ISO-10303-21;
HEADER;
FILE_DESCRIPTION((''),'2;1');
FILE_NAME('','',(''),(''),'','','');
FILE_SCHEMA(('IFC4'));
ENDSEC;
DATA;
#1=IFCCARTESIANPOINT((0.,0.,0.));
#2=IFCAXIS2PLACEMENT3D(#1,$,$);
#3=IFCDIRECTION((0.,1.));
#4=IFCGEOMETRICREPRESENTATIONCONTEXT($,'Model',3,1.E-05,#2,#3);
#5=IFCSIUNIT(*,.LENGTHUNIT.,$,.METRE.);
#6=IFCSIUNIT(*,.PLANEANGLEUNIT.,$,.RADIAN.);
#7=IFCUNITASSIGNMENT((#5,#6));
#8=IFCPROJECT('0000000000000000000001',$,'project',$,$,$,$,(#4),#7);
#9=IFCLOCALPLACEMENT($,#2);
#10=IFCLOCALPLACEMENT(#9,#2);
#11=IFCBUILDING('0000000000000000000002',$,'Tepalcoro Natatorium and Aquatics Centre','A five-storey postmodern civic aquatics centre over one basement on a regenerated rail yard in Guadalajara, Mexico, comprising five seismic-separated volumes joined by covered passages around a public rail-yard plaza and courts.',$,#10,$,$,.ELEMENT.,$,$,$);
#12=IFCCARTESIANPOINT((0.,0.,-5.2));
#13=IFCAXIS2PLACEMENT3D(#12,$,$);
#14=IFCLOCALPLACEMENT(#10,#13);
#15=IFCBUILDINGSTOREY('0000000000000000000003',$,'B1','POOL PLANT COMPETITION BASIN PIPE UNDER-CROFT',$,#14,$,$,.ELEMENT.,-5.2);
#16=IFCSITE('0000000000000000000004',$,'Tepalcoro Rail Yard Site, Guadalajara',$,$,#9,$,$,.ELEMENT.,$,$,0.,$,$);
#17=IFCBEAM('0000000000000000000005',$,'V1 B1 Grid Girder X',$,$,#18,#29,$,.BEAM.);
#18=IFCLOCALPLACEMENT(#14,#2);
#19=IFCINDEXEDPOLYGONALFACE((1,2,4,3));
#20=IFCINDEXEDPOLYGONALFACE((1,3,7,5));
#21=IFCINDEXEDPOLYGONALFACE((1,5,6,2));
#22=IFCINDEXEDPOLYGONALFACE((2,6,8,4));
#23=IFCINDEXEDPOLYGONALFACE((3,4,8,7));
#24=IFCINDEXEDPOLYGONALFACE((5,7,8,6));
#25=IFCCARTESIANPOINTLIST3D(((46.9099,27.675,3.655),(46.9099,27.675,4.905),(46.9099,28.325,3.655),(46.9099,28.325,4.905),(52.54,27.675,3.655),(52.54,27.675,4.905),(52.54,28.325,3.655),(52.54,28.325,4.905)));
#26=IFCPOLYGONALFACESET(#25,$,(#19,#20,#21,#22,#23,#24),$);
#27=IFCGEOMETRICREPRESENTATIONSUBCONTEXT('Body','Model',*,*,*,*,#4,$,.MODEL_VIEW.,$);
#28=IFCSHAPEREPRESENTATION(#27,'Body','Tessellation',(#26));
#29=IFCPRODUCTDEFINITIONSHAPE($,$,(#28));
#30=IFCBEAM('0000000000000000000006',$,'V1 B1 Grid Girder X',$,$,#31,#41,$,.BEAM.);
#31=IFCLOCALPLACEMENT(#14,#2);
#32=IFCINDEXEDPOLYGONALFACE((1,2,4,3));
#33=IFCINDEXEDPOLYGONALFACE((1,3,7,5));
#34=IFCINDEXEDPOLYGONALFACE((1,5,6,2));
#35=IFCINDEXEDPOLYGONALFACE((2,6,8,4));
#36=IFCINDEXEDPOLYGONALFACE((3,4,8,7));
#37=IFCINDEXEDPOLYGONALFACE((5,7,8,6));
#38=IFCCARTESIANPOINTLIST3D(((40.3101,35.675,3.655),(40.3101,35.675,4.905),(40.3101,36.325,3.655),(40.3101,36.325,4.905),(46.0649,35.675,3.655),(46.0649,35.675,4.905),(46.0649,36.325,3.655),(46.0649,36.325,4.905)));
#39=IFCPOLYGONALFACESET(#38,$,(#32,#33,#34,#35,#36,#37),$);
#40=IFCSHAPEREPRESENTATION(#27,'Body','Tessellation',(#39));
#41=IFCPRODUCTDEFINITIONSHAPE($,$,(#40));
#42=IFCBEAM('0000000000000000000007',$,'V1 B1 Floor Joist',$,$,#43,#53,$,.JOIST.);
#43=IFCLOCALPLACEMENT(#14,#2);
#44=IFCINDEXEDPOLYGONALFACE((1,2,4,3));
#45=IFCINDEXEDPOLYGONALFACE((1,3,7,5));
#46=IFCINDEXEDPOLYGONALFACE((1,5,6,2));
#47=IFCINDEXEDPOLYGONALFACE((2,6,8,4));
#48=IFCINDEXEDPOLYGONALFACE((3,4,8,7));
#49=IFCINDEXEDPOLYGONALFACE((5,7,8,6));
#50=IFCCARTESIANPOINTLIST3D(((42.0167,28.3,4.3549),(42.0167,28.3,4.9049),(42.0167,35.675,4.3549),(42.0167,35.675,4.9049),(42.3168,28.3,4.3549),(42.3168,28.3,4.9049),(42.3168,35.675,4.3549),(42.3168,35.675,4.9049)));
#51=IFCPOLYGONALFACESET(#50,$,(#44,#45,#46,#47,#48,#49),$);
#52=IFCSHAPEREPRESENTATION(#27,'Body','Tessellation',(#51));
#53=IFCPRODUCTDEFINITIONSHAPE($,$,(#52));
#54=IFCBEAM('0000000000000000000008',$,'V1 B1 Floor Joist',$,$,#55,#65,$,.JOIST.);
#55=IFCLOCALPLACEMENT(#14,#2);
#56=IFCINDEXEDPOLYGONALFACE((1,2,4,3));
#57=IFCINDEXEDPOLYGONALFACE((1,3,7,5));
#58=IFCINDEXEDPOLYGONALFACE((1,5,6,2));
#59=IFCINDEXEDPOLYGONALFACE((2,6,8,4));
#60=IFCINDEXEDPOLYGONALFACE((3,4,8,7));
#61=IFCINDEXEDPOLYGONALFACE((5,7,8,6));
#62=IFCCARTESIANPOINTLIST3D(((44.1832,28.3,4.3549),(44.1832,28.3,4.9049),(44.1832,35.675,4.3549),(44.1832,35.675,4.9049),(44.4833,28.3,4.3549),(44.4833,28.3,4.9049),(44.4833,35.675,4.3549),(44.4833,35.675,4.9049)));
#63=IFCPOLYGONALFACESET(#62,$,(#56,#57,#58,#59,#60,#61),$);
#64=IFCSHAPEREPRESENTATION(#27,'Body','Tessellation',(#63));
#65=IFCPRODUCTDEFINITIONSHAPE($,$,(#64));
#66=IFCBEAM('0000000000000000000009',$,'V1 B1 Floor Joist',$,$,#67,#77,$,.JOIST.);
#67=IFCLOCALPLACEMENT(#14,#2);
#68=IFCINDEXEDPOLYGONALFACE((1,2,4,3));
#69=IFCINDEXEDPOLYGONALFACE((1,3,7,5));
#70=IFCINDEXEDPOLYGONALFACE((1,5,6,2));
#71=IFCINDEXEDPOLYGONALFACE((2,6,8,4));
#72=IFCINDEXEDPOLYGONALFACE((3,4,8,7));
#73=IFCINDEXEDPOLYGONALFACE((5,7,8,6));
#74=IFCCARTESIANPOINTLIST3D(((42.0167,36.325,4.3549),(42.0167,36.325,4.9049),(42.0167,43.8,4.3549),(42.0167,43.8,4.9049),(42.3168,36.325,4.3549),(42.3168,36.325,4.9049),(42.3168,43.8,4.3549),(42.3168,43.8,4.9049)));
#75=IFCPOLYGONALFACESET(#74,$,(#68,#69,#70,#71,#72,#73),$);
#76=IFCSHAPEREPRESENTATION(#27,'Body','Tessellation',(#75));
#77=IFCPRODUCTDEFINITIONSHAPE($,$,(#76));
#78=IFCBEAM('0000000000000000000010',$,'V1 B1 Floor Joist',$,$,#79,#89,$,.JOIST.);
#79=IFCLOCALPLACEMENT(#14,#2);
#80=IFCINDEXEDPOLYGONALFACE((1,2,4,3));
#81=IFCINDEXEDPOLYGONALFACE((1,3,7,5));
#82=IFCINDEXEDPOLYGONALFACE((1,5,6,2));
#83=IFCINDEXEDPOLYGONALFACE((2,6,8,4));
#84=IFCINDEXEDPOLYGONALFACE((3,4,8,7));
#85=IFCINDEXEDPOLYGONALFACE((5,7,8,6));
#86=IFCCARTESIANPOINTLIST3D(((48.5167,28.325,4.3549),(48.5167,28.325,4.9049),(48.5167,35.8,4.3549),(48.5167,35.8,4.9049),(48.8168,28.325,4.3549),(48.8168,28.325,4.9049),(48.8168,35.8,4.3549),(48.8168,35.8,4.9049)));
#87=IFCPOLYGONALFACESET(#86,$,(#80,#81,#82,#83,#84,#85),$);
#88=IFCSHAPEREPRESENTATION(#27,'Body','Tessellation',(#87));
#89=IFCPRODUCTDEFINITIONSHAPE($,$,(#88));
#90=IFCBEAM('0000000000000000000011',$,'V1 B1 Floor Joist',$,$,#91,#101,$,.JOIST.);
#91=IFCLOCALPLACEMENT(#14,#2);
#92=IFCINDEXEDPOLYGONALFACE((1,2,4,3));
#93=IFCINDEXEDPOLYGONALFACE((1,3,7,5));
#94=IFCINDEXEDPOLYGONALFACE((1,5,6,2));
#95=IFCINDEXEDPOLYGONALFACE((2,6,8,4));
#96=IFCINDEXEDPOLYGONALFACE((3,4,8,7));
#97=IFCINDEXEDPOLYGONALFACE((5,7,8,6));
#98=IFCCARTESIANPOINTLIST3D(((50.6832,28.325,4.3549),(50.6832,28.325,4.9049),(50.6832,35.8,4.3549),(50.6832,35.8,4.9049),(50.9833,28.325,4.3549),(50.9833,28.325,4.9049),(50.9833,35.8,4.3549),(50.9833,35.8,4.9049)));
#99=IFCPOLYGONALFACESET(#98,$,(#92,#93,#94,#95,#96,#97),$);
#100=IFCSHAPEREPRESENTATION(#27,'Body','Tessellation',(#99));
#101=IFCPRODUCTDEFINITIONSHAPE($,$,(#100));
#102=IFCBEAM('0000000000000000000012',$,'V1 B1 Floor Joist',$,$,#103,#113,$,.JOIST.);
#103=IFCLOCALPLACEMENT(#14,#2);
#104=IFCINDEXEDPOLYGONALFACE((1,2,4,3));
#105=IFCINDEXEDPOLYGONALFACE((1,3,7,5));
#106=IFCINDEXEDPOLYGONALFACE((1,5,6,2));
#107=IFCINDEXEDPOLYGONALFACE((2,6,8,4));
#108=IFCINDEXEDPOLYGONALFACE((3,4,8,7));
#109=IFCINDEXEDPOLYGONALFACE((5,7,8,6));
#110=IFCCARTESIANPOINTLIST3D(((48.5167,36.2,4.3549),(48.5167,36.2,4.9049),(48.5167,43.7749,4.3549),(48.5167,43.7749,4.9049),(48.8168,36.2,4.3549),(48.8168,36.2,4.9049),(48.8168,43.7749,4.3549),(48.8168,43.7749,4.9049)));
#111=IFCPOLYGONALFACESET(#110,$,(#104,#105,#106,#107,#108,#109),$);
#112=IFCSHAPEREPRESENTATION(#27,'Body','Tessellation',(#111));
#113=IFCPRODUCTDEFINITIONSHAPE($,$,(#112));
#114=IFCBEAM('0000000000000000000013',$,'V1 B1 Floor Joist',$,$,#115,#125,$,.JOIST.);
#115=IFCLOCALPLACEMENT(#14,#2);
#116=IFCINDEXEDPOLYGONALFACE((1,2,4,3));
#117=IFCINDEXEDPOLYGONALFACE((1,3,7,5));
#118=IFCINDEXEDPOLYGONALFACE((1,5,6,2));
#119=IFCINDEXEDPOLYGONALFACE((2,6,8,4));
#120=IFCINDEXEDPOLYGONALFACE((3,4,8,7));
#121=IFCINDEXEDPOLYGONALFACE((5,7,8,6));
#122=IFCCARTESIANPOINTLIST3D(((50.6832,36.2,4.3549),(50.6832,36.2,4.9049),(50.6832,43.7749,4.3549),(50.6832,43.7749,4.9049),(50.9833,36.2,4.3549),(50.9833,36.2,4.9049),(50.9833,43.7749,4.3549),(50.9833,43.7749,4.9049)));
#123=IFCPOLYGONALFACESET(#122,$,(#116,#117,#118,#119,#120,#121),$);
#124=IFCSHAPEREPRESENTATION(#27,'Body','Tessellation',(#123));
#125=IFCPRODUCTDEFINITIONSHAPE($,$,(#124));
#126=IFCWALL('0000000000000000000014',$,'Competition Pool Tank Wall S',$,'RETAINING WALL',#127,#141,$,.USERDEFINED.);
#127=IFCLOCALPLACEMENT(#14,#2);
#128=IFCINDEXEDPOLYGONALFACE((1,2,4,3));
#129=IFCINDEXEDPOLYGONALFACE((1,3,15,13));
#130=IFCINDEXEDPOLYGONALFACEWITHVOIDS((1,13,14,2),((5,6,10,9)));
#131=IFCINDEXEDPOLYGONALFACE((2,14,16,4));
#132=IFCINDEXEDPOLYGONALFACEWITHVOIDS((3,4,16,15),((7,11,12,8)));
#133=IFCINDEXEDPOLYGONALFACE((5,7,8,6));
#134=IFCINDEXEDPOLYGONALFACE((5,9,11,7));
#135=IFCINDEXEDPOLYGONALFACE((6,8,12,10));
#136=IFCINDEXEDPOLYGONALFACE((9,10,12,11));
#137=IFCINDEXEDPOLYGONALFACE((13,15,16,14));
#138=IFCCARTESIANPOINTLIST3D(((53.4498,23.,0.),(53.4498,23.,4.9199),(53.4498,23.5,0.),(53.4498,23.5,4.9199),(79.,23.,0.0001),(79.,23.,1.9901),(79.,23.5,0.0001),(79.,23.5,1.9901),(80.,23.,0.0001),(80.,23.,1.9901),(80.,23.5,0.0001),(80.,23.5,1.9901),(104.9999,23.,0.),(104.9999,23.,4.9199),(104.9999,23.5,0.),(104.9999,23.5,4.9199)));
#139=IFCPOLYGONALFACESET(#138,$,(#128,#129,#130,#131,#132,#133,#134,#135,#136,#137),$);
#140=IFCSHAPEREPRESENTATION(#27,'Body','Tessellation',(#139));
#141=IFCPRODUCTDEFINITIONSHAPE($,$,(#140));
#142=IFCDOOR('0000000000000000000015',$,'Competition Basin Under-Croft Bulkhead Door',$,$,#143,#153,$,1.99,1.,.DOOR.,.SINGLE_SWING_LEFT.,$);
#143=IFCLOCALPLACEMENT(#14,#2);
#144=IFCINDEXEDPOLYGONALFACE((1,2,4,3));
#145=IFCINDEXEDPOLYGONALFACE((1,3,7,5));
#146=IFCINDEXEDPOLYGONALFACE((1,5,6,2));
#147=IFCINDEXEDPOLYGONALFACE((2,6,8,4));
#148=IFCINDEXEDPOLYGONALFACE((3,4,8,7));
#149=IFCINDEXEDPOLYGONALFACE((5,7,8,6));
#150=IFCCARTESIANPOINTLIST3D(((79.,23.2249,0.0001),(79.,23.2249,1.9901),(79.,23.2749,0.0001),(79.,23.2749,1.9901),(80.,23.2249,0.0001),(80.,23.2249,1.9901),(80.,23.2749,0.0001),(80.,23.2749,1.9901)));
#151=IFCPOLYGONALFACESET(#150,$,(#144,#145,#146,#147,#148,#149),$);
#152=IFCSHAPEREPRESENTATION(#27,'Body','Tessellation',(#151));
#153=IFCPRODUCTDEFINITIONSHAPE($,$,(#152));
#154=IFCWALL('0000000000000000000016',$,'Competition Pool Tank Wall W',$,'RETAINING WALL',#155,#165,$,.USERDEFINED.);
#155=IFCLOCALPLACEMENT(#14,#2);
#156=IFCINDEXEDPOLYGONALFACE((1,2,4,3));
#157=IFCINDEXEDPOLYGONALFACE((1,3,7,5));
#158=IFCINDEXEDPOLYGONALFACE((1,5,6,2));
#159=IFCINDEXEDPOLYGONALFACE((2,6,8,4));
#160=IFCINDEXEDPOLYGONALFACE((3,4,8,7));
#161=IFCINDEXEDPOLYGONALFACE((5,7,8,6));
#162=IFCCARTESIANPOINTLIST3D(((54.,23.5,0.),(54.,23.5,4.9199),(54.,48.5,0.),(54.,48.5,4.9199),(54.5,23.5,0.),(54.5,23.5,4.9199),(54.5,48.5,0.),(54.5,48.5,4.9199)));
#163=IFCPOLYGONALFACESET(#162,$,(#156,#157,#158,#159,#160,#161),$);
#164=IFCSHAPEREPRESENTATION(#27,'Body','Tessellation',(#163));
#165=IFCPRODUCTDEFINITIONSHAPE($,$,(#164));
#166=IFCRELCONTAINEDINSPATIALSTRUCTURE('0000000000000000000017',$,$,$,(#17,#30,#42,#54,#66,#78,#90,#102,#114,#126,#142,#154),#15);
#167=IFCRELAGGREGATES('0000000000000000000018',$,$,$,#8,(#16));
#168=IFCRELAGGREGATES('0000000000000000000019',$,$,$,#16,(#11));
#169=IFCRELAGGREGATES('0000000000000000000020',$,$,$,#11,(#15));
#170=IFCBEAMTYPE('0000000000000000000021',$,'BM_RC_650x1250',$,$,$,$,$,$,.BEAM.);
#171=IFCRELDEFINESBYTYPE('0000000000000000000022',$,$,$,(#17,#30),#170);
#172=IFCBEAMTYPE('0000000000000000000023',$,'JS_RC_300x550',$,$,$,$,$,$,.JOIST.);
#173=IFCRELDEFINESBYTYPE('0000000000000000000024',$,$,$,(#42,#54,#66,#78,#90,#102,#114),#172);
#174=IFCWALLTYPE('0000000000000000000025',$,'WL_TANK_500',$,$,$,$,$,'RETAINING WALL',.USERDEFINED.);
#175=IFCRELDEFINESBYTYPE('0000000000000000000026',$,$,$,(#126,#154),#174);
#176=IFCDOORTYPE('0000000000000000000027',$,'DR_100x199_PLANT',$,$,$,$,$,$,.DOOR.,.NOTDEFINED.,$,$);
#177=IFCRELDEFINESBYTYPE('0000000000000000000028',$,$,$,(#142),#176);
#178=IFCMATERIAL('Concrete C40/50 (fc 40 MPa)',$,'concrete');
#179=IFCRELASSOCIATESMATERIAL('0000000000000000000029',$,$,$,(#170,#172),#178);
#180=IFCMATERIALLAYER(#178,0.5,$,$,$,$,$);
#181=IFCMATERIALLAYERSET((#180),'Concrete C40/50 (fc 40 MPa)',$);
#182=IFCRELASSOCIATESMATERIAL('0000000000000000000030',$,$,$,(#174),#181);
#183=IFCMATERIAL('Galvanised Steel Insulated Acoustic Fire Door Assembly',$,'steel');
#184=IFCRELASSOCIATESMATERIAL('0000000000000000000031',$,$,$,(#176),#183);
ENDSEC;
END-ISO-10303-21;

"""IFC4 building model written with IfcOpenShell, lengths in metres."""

from ifc_helpers import new_model, si_unit, direction, frame, frame_2d, origin, origin_2d, place, context, subcontext, project, spatial, rectangle, extrude, material, layer, layer_set, material_profile, profile_set, type_object, element, fill, save


model = new_model("IFC4")

# Units and contexts
model_context = context("Model", 3, precision=1e-05, world=origin(), true_north=direction((0.0, 1.0)))
body_context = subcontext(model_context, "Body", "Model", "MODEL_VIEW")
ifc_project = project(units=[si_unit("LENGTHUNIT", "METRE"), si_unit("PLANEANGLEUNIT", "RADIAN")], contexts=[model_context])

# Site, building, storey
site_placement = place(None, origin())
site = spatial("IfcSite", under=ifc_project, at=site_placement, Name="Tepalcoro Rail Yard Site, Guadalajara", CompositionType="ELEMENT", RefElevation=0.0)
building_placement = place(site_placement, origin())
building = spatial("IfcBuilding", under=site, at=building_placement, Name="Tepalcoro Natatorium and Aquatics Centre", Description="A five-storey postmodern civic aquatics centre over one basement on a regenerated rail yard in Guadalajara, Mexico, comprising five seismic-separated volumes joined by covered passages around a public rail-yard plaza and courts.", CompositionType="ELEMENT")
storey_placement = place(building_placement, frame((0.0, 0.0, -5.2)))
storey = spatial("IfcBuildingStorey", under=building, at=storey_placement, Name="B1", Description="POOL PLANT COMPETITION BASIN PIPE UNDER-CROFT", CompositionType="ELEMENT", Elevation=-5.2)

# Shared definitions
ifc_material_1 = material(Name="Concrete C40/50 (fc 40 MPa)", Category="concrete")

# Beams
ifc_material_profile_1 = material_profile(ifc_material_1, rectangle(XDim=0.6499, YDim=1.25, at=origin_2d()), Name="RCB650x1250")
ifc_profile_set_1 = profile_set([ifc_material_profile_1], Name="Concrete C40/50 (fc 40 MPa)")
beam_type_1 = type_object("IfcBeamType", Name="BM_RC_650x1250", PredefinedType="BEAM", material=ifc_profile_set_1)
beam_1_placement = place(storey_placement, frame((46.9099, 28.0, 4.28), z_axis=(1.0, 0.0, 0.0), x_axis=(0.0, 1.0, 0.0)))
element("IfcBeam", 1, at=beam_1_placement, inside=storey, type_object=beam_type_1, Name="V1 B1 Grid Girder X", PredefinedType="BEAM", context=body_context, shape_type="SweptSolid", body=[
    extrude(rectangle(XDim=0.6499, YDim=1.25, at=origin_2d()), origin(), (0.0, 0.0, 1.0), 5.6301),
])
beam_2_placement = place(storey_placement, frame((40.3101, 36.0, 4.28), z_axis=(1.0, 0.0, 0.0), x_axis=(0.0, 1.0, 0.0)))
element("IfcBeam", 2, at=beam_2_placement, inside=storey, type_object=beam_type_1, Name="V1 B1 Grid Girder X", PredefinedType="BEAM", context=body_context, shape_type="SweptSolid", body=[
    extrude(rectangle(XDim=0.6499, YDim=1.25, at=origin_2d()), origin(), (0.0, 0.0, 1.0), 5.7549),
])
ifc_material_profile_2 = material_profile(ifc_material_1, rectangle(XDim=0.3, YDim=0.55, at=origin_2d()), Name="RCJ300x550")
ifc_profile_set_2 = profile_set([ifc_material_profile_2], Name="Concrete C40/50 (fc 40 MPa)")
beam_type_2 = type_object("IfcBeamType", Name="JS_RC_300x550", PredefinedType="JOIST", material=ifc_profile_set_2)
for number, where, z_axis, x_axis, name in (
    (3, (42.1667, 28.3, 4.6299), (0.0, 1.0, 0.0), (-1.0, 0.0, 0.0), "V1 B1 Floor Joist"),
    (4, (44.3333, 28.3, 4.6299), (0.0, 1.0, 0.0), (-1.0, 0.0, 0.0), "V1 B1 Floor Joist"),
):
    element("IfcBeam", number, at=place(storey_placement, frame(where, z_axis=z_axis, x_axis=x_axis)), inside=storey, type_object=beam_type_2, Name=name, PredefinedType="JOIST", context=body_context, shape_type="SweptSolid", body=[
        extrude(rectangle(XDim=0.3, YDim=0.55, at=origin_2d()), origin(), (0.0, 0.0, 1.0), 7.375),
    ])
for number, where, z_axis, x_axis, name in (
    (5, (42.1667, 36.325, 4.6299), (0.0, 1.0, 0.0), (-1.0, 0.0, 0.0), "V1 B1 Floor Joist"),
    (6, (48.6667, 28.325, 4.6299), (0.0, 1.0, 0.0), (-1.0, 0.0, 0.0), "V1 B1 Floor Joist"),
    (7, (50.8333, 28.325, 4.6299), (0.0, 1.0, 0.0), (-1.0, 0.0, 0.0), "V1 B1 Floor Joist"),
):
    element("IfcBeam", number, at=place(storey_placement, frame(where, z_axis=z_axis, x_axis=x_axis)), inside=storey, type_object=beam_type_2, Name=name, PredefinedType="JOIST", context=body_context, shape_type="SweptSolid", body=[
        extrude(rectangle(XDim=0.3, YDim=0.55, at=origin_2d()), origin(), (0.0, 0.0, 1.0), 7.4751),
    ])
for number, where, z_axis, x_axis, name in (
    (8, (48.6667, 36.2, 4.6299), (0.0, 1.0, 0.0), (-1.0, 0.0, 0.0), "V1 B1 Floor Joist"),
    (9, (50.8333, 36.2, 4.6299), (0.0, 1.0, 0.0), (-1.0, 0.0, 0.0), "V1 B1 Floor Joist"),
):
    element("IfcBeam", number, at=place(storey_placement, frame(where, z_axis=z_axis, x_axis=x_axis)), inside=storey, type_object=beam_type_2, Name=name, PredefinedType="JOIST", context=body_context, shape_type="SweptSolid", body=[
        extrude(rectangle(XDim=0.3, YDim=0.55, at=origin_2d()), origin(), (0.0, 0.0, 1.0), 7.575),
    ])

# Wall, opening, door
ifc_layer = layer(ifc_material_1, 0.5)
ifc_layer_set = layer_set([ifc_layer], Name="Concrete C40/50 (fc 40 MPa)")
wall_type = type_object("IfcWallType", Name="WL_TANK_500", ElementType="RETAINING WALL", PredefinedType="USERDEFINED", material=ifc_layer_set)
wall_1_placement = place(storey_placement, frame((53.45, 23.25, 0.0), z_axis=(0.0, 0.0, 1.0), x_axis=(1.0, 0.0, 0.0)))
wall_1 = element("IfcWall", 10, at=wall_1_placement, inside=storey, type_object=wall_type, Name="Competition Pool Tank Wall S", ObjectType="RETAINING WALL", PredefinedType="USERDEFINED", context=body_context, shape_type="SweptSolid", body=[
    extrude(rectangle(XDim=51.55, YDim=0.5, at=frame_2d((25.7749, 0.0))), origin(), (0.0, 0.0, 1.0), 4.9199),
])
opening_placement = place(wall_1_placement, frame((25.55, 0.0, 0.0)))
opening = element("IfcOpeningElement", 11, at=opening_placement, cuts=wall_1, PredefinedType="OPENING", context=body_context, shape_type="SweptSolid", body=[
    extrude(rectangle(XDim=1.0, YDim=1.99, at=frame_2d((0.5, 0.9951))), frame((0.0, 0.262, 0.0), z_axis=(0.0, -1.0, 0.0), x_axis=(1.0, 0.0, 0.0)), (0.0, 0.0, 1.0), 0.5239),
])
ifc_material_2 = material(Name="Galvanised Steel Insulated Acoustic Fire Door Assembly", Category="steel")
door_type = type_object("IfcDoorType", Name="DR_100x199_PLANT", OperationType="NOTDEFINED", PredefinedType="DOOR", material=ifc_material_2)
door_placement = place(opening_placement, origin())
door = element("IfcDoor", 12, at=door_placement, inside=storey, type_object=door_type, Name="Competition Basin Under-Croft Bulkhead Door", OperationType="SINGLE_SWING_LEFT", OverallHeight=1.99, OverallWidth=1.0, PredefinedType="DOOR", context=body_context, shape_type="SweptSolid", body=[
    extrude(rectangle(XDim=1.0, YDim=1.99, at=frame_2d((0.5, 0.9951))), frame((0.0, 0.0249, 0.0), z_axis=(0.0, -1.0, 0.0), x_axis=(1.0, 0.0, 0.0)), (0.0, 0.0, 1.0), 0.05),
])
fill(opening, door)

# Wall
wall_2_placement = place(storey_placement, frame((54.25, 23.5, 0.0), z_axis=(0.0, 0.0, 1.0), x_axis=(0.0, 1.0, 0.0)))
element("IfcWall", 13, at=wall_2_placement, inside=storey, type_object=wall_type, Name="Competition Pool Tank Wall W", ObjectType="RETAINING WALL", PredefinedType="USERDEFINED", context=body_context, shape_type="SweptSolid", body=[
    extrude(rectangle(XDim=25.0, YDim=0.5, at=frame_2d((12.5, 0.0))), origin(), (0.0, 0.0, 1.0), 4.9199),
])

save(model, "model.ifc")
